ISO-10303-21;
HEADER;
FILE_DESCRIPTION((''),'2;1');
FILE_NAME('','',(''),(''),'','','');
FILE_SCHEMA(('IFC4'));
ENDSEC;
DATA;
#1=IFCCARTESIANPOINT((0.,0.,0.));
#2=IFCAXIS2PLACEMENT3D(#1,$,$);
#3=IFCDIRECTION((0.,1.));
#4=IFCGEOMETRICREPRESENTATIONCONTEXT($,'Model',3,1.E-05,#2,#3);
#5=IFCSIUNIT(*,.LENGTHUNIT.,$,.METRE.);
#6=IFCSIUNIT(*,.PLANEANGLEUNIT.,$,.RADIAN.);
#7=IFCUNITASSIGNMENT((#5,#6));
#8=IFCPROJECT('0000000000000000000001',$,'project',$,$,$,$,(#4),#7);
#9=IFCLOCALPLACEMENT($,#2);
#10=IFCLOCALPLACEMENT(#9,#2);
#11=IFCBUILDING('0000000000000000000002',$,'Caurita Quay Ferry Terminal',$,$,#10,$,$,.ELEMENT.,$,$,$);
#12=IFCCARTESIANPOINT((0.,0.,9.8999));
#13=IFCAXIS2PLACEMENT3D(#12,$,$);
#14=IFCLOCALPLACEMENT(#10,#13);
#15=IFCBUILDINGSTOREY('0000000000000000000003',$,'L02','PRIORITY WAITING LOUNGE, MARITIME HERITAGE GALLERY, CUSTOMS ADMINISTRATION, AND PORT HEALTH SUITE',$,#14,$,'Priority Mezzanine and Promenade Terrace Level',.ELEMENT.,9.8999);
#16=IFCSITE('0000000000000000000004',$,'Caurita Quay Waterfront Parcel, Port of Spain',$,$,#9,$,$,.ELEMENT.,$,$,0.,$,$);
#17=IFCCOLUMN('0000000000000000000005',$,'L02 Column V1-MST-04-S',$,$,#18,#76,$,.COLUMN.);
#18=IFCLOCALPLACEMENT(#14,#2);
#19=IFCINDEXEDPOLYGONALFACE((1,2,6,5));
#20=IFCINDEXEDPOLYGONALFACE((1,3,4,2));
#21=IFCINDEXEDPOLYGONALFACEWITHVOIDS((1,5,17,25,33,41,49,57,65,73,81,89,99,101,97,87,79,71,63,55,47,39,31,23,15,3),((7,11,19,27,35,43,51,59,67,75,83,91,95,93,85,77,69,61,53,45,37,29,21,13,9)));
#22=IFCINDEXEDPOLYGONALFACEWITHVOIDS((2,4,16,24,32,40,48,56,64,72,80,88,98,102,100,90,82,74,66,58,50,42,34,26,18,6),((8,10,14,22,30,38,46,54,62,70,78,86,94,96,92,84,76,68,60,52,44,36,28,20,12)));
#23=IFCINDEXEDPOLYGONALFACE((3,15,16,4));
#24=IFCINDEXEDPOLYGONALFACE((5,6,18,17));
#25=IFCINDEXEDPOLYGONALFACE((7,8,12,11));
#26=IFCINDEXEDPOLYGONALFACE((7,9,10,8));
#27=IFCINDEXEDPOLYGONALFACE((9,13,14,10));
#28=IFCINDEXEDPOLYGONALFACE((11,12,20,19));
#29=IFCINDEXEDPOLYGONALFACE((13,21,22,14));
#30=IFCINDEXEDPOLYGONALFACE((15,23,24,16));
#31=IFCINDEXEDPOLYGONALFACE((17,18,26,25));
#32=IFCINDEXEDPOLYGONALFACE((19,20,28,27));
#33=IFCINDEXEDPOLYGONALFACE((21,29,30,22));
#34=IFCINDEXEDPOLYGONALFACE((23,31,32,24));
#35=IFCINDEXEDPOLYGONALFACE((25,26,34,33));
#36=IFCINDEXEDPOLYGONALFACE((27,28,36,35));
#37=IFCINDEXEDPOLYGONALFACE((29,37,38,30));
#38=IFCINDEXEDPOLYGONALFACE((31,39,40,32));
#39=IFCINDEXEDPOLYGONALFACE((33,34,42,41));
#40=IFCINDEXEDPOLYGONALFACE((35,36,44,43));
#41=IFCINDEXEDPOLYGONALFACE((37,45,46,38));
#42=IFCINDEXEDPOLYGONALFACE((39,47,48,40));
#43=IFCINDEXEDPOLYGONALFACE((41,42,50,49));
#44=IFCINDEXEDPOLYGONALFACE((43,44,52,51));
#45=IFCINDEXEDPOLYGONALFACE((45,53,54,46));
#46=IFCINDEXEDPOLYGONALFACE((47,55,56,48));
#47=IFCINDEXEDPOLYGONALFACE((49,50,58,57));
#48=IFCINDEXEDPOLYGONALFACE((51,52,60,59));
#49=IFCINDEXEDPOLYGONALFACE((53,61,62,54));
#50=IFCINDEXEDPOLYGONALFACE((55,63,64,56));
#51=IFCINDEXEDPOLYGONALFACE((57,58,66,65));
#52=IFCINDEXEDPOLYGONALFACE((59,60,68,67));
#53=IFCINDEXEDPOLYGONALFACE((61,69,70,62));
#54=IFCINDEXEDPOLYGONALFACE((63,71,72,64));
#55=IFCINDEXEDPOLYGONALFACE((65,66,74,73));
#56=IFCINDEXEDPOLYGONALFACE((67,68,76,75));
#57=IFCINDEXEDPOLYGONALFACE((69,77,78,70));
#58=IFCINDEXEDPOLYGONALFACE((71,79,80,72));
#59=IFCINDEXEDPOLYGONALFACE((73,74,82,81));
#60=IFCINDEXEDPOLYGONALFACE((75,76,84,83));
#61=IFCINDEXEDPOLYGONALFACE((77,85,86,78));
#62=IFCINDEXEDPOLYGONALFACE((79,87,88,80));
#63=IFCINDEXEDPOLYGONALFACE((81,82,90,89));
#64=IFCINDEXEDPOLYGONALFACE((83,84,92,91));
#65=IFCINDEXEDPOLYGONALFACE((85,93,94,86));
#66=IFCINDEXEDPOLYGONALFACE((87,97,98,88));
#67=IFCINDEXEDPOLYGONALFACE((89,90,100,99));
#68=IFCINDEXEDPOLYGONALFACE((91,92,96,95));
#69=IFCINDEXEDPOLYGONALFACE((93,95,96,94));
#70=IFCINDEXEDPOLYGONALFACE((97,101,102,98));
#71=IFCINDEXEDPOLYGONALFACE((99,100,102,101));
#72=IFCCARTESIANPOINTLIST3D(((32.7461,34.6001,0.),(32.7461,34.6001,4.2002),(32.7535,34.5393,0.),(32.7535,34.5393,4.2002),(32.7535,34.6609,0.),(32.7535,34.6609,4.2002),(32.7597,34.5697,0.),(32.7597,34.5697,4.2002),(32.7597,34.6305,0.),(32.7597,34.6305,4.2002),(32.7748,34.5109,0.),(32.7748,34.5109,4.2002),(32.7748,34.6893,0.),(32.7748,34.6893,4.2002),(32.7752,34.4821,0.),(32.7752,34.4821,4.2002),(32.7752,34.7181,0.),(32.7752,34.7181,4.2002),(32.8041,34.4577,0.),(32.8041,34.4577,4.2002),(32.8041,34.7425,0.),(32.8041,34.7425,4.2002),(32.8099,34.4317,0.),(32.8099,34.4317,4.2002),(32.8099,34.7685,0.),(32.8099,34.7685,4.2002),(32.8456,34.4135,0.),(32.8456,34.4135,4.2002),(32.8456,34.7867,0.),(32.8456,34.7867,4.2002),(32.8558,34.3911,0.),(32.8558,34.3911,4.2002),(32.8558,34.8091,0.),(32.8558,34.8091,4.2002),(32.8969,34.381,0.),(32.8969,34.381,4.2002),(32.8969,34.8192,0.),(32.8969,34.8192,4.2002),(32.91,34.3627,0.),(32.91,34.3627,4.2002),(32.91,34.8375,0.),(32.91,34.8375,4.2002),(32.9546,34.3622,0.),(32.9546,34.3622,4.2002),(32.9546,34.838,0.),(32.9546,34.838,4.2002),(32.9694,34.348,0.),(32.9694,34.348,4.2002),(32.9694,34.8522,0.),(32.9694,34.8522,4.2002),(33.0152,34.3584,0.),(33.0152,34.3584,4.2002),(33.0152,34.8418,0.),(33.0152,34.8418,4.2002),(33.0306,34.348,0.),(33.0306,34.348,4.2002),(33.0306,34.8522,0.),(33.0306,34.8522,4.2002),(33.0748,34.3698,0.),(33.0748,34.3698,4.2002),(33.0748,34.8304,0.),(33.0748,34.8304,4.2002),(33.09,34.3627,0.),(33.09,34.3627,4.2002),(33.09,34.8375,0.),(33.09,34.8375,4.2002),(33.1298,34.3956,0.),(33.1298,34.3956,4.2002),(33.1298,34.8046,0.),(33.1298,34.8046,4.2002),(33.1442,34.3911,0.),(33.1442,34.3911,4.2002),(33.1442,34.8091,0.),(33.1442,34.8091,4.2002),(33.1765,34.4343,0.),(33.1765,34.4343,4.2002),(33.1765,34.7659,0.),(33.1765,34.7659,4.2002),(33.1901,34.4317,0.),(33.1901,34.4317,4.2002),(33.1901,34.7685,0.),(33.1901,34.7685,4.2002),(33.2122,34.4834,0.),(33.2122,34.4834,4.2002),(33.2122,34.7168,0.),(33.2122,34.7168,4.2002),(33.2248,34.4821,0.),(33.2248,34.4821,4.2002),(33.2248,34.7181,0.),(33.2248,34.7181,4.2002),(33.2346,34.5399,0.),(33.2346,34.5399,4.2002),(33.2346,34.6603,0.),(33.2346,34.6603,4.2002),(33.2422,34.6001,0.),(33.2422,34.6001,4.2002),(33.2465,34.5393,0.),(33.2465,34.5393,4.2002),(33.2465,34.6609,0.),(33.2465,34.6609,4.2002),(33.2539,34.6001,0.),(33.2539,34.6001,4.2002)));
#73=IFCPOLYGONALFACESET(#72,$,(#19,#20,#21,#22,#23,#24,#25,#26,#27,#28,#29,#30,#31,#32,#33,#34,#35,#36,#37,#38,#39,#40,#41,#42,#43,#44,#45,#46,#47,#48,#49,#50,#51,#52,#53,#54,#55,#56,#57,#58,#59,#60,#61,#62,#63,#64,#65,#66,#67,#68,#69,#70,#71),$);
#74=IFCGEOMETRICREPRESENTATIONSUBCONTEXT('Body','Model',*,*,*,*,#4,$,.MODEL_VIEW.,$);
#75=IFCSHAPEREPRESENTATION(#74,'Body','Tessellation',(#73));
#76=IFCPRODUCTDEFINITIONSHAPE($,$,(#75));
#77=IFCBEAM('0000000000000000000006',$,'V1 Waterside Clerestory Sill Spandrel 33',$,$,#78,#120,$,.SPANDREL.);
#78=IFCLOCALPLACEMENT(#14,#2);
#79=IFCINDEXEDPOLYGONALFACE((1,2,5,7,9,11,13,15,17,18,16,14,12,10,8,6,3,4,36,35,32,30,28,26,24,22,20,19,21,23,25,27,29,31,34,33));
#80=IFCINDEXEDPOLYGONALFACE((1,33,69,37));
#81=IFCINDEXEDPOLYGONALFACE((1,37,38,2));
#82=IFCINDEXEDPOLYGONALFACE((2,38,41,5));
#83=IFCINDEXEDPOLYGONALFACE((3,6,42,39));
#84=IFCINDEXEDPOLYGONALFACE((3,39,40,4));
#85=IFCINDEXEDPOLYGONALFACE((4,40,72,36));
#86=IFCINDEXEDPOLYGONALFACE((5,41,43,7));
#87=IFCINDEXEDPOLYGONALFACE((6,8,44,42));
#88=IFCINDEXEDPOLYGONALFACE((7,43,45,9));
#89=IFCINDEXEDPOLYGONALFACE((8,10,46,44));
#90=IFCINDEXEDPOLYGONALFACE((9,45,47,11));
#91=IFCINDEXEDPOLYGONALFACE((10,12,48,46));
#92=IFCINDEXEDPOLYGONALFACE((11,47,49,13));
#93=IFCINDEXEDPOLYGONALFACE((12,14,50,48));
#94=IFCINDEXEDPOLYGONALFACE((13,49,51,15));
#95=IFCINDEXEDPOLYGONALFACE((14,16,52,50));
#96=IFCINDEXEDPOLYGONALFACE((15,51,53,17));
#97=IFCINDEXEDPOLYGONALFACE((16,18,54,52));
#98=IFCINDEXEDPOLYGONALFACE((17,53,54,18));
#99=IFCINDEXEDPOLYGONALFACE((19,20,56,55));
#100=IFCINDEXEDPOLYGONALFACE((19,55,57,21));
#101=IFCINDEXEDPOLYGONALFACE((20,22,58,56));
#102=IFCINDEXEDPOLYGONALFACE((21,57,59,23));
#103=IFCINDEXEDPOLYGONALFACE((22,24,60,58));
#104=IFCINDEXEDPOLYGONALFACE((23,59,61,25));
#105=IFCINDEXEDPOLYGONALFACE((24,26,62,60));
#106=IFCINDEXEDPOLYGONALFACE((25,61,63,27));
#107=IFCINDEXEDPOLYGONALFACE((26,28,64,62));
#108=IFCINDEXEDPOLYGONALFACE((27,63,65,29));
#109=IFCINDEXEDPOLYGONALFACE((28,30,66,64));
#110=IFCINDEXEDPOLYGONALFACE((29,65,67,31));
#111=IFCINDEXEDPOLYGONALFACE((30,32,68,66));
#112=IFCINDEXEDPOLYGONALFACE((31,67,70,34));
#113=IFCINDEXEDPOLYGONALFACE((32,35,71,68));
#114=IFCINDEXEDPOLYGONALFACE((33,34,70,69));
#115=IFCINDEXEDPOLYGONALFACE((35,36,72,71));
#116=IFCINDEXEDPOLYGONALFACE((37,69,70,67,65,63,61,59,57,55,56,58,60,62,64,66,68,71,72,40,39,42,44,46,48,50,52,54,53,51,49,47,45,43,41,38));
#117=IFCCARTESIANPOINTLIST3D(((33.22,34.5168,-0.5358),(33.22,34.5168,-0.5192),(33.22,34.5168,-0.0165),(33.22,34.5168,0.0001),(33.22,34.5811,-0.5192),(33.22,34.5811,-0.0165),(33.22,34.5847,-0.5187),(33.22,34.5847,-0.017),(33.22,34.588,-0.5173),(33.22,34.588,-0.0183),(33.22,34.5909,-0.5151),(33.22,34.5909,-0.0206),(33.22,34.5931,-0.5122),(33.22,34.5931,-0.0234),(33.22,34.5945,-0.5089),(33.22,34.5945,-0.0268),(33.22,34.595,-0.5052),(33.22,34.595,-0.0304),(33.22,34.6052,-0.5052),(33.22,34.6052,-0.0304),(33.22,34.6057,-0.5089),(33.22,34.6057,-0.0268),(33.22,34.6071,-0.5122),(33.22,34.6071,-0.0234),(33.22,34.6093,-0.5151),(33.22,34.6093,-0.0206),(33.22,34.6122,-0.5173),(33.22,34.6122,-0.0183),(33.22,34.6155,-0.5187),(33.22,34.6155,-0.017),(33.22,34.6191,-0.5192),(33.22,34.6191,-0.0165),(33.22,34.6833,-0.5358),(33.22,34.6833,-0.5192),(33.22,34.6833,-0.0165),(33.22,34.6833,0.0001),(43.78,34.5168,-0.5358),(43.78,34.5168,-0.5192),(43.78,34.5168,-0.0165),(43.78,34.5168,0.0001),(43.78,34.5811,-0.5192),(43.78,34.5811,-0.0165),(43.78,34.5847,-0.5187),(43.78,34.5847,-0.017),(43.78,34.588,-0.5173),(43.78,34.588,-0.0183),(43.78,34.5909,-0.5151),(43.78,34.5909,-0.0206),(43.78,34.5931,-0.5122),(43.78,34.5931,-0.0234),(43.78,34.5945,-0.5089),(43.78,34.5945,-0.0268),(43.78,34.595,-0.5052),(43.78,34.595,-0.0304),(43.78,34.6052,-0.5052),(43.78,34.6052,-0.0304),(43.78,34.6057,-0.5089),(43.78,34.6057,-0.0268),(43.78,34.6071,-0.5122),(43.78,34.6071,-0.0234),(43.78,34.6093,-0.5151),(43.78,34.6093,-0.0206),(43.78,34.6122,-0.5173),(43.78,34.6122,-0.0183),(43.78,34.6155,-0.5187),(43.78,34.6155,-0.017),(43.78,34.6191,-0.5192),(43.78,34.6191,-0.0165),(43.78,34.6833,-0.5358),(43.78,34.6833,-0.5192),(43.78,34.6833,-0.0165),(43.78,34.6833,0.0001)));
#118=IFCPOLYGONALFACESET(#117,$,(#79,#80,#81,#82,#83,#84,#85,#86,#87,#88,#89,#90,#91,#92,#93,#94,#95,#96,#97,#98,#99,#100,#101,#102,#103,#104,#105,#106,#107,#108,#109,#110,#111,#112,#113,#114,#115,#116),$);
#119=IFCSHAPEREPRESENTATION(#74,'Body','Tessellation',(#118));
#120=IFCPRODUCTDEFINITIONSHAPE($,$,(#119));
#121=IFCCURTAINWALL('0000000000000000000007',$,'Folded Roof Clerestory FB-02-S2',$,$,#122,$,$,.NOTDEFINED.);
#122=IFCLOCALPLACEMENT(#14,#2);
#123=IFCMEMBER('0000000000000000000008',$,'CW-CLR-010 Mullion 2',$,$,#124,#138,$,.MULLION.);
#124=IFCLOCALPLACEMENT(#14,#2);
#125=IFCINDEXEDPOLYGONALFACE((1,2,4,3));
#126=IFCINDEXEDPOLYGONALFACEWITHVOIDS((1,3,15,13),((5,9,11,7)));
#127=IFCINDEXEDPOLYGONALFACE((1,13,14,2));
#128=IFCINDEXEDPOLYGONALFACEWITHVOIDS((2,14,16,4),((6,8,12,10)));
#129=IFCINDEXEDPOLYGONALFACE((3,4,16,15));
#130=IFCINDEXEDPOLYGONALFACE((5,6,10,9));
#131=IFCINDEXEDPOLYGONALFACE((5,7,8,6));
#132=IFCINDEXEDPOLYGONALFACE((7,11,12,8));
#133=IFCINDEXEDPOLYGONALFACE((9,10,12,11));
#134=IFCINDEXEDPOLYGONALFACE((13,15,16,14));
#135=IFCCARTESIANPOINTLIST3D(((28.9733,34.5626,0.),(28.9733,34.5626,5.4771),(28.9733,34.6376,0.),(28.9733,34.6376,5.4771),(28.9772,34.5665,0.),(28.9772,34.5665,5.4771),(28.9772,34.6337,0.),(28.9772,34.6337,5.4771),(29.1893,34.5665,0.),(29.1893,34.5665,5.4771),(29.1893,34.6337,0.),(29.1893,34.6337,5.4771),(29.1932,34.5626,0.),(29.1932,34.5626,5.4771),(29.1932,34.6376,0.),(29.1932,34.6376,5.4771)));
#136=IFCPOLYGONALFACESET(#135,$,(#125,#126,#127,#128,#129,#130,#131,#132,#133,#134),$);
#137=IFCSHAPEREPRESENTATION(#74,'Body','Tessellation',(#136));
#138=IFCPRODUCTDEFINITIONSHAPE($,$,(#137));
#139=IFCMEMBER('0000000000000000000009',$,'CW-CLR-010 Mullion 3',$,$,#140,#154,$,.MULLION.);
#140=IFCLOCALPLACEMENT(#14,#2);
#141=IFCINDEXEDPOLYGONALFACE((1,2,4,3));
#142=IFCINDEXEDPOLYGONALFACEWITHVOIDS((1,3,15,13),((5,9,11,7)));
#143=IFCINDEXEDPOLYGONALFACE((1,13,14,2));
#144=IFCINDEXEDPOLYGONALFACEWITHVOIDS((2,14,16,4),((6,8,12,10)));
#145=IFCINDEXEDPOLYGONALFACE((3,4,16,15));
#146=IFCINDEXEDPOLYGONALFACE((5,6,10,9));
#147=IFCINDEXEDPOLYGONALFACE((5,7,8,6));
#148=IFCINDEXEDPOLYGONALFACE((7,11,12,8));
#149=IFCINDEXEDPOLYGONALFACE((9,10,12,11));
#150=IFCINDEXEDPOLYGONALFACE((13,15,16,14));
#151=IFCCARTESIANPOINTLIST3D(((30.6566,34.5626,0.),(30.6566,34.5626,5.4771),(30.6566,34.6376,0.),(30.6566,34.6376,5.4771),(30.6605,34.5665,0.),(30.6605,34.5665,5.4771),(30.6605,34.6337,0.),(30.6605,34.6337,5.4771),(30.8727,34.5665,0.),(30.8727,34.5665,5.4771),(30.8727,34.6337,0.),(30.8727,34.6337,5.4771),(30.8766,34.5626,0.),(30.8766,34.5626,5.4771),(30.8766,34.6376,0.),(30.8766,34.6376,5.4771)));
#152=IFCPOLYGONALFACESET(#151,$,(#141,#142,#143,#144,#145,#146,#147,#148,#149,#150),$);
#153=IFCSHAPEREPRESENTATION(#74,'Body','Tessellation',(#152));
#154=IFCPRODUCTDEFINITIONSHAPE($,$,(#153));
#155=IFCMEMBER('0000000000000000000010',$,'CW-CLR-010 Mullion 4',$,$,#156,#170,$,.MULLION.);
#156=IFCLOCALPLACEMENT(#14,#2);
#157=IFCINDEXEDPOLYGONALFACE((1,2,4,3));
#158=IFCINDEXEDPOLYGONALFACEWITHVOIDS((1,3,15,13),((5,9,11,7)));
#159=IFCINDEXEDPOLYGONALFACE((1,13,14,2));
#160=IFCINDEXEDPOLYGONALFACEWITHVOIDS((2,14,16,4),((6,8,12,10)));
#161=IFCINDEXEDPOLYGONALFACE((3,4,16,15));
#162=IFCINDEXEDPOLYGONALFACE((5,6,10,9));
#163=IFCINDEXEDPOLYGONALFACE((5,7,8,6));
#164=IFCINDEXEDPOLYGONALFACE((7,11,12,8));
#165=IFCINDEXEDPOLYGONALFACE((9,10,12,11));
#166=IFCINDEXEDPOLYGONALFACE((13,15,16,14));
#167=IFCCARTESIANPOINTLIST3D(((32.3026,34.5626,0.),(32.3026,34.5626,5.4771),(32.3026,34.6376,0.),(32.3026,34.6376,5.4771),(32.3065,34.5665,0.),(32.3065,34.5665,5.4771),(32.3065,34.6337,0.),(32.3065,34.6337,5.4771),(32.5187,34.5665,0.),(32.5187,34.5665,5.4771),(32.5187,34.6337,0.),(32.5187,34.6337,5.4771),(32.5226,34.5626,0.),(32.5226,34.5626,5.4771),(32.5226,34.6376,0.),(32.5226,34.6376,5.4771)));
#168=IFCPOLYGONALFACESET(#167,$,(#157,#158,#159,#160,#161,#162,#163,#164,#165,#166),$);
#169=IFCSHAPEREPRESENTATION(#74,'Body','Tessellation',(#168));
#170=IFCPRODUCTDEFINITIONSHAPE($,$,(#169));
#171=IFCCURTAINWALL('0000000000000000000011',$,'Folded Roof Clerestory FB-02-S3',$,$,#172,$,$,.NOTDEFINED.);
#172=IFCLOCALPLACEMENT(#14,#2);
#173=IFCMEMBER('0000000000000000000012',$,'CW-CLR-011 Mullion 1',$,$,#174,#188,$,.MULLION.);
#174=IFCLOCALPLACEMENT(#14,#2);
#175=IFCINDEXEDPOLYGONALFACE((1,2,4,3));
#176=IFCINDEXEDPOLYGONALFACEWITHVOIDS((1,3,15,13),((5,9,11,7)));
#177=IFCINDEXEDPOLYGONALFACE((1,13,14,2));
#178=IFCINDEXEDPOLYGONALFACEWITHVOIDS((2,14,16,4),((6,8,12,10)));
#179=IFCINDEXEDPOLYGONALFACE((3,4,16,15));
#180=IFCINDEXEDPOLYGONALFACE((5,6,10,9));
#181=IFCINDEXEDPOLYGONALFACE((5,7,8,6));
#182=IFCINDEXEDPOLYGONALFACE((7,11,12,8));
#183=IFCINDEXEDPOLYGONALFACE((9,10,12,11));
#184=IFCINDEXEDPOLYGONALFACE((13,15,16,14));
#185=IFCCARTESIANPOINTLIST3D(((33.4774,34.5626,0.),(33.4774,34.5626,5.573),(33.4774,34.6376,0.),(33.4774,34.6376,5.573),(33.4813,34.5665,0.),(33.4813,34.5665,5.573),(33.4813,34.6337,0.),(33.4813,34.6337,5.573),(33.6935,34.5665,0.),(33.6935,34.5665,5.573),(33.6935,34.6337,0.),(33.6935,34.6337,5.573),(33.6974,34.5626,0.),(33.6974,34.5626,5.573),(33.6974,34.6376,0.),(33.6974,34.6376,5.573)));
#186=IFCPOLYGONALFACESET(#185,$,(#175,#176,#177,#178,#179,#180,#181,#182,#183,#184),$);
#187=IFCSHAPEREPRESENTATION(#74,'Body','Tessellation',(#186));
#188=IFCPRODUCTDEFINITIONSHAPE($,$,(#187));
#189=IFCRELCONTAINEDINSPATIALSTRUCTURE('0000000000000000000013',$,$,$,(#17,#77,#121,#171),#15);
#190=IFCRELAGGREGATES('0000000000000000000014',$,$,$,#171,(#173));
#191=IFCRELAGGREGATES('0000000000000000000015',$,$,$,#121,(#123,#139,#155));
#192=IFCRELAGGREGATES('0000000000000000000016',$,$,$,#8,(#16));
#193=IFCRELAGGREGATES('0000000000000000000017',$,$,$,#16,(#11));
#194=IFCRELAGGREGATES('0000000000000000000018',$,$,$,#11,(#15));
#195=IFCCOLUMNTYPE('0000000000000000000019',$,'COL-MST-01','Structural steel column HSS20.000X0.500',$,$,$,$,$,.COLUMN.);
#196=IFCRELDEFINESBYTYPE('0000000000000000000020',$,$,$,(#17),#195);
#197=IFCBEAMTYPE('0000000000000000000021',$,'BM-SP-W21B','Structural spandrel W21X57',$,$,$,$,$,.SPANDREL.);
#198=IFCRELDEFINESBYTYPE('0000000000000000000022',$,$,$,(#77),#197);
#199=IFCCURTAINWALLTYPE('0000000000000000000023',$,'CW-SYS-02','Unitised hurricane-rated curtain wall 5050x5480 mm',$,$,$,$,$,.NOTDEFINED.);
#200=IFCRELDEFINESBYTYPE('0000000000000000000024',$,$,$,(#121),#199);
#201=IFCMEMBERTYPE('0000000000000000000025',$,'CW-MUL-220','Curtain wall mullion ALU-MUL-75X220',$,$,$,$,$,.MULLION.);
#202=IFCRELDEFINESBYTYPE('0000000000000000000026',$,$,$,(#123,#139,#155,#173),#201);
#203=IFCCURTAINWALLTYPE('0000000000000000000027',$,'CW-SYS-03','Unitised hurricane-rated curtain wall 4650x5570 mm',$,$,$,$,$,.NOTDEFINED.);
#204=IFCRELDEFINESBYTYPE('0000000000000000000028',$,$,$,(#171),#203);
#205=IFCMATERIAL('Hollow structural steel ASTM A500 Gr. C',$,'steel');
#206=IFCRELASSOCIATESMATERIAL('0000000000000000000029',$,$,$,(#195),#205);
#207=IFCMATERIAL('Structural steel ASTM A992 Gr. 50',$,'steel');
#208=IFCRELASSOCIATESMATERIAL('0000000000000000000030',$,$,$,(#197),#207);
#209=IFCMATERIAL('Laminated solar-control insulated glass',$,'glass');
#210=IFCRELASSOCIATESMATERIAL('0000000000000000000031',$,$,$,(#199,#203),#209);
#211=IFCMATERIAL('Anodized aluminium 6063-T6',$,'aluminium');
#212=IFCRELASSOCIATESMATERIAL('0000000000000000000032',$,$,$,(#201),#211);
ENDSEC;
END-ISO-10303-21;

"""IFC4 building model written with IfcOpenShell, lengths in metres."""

from ifc_helpers import new_model, si_unit, direction, frame, origin, origin_2d, place, context, subcontext, project, spatial, hollow_rectangle, hollow_circle, i_section, extrude, material, material_profile, profile_set, type_object, element, aggregate, save


model = new_model("IFC4")

# Units and contexts
model_context = context("Model", 3, precision=1e-05, world=origin(), true_north=direction((0.0, 1.0)))
body_context = subcontext(model_context, "Body", "Model", "MODEL_VIEW")
ifc_project = project(units=[si_unit("LENGTHUNIT", "METRE"), si_unit("PLANEANGLEUNIT", "RADIAN")], contexts=[model_context])

# Site, building, storey
site_placement = place(None, origin())
site = spatial("IfcSite", under=ifc_project, at=site_placement, Name="Caurita Quay Waterfront Parcel, Port of Spain", CompositionType="ELEMENT", RefElevation=0.0)
building_placement = place(site_placement, origin())
building = spatial("IfcBuilding", under=site, at=building_placement, Name="Caurita Quay Ferry Terminal", CompositionType="ELEMENT")
storey_placement = place(building_placement, frame((0.0, 0.0, 9.8999)))
storey = spatial("IfcBuildingStorey", under=building, at=storey_placement, Name="L02", Description="PRIORITY WAITING LOUNGE, MARITIME HERITAGE GALLERY, CUSTOMS ADMINISTRATION, AND PORT HEALTH SUITE", LongName="Priority Mezzanine and Promenade Terrace Level", CompositionType="ELEMENT", Elevation=9.8999)

# Column
ifc_material_1 = material(Name="Hollow structural steel ASTM A500 Gr. C", Category="steel")
ifc_material_profile_1 = material_profile(ifc_material_1, hollow_circle(Radius=0.2539, WallThickness=0.0117, at=origin_2d()), Name="HSS20.000X0.500")
ifc_profile_set_1 = profile_set([ifc_material_profile_1], Name="Hollow structural steel ASTM A500 Gr. C")
column_type = type_object("IfcColumnType", Name="COL-MST-01", Description="Structural steel column HSS20.000X0.500", PredefinedType="COLUMN", material=ifc_profile_set_1)
column_placement = place(storey_placement, frame((33.0, 34.6001, 0.0), z_axis=(0.0, 0.0, 1.0), x_axis=(1.0, 0.0, 0.0)))
element("IfcColumn", 1, at=column_placement, inside=storey, type_object=column_type, Name="L02 Column V1-MST-04-S", PredefinedType="COLUMN", context=body_context, shape_type="SweptSolid", body=[
    extrude(hollow_circle(Radius=0.2539, WallThickness=0.0117, at=origin_2d()), origin(), (0.0, 0.0, 1.0), 4.2002),
])

# Beam
ifc_material_2 = material(Name="Structural steel ASTM A992 Gr. 50", Category="steel")
ifc_material_profile_2 = material_profile(ifc_material_2, i_section(OverallWidth=0.1665, OverallDepth=0.5359, WebThickness=0.0103, FlangeThickness=0.0166, FilletRadius=0.0139, at=origin_2d()), Name="W21X57")
ifc_profile_set_2 = profile_set([ifc_material_profile_2], Name="Structural steel ASTM A992 Gr. 50")
beam_type = type_object("IfcBeamType", Name="BM-SP-W21B", Description="Structural spandrel W21X57", PredefinedType="SPANDREL", material=ifc_profile_set_2)
beam_placement = place(storey_placement, frame((33.22, 34.6001, -0.2678), z_axis=(1.0, 0.0, 0.0), x_axis=(0.0, 1.0, 0.0)))
element("IfcBeam", 2, at=beam_placement, inside=storey, type_object=beam_type, Name="V1 Waterside Clerestory Sill Spandrel 33", PredefinedType="SPANDREL", context=body_context, shape_type="SweptSolid", body=[
    extrude(i_section(OverallWidth=0.1665, OverallDepth=0.5359, WebThickness=0.0103, FlangeThickness=0.0166, FilletRadius=0.0139, at=origin_2d()), origin(), (0.0, 0.0, 1.0), 10.5601),
])

# Curtain wall, members
ifc_material_3 = material(Name="Laminated solar-control insulated glass", Category="glass")
curtain_wall_type_1 = type_object("IfcCurtainWallType", Name="CW-SYS-02", Description="Unitised hurricane-rated curtain wall 5050x5480 mm", PredefinedType="NOTDEFINED", material=ifc_material_3)
curtain_wall_1_placement = place(storey_placement, origin())
curtain_wall_1 = element("IfcCurtainWall", 3, at=curtain_wall_1_placement, inside=storey, type_object=curtain_wall_type_1, Name="Folded Roof Clerestory FB-02-S2", PredefinedType="NOTDEFINED")
ifc_material_4 = material(Name="Anodized aluminium 6063-T6", Category="aluminium")
ifc_material_profile_3 = material_profile(ifc_material_4, hollow_rectangle(XDim=0.075, YDim=0.22, WallThickness=0.0039, at=origin_2d()), Name="ALU-MUL-75X220")
ifc_profile_set_3 = profile_set([ifc_material_profile_3], Name="Anodized aluminium 6063-T6")
member_type_1 = type_object("IfcMemberType", Name="CW-MUL-220", Description="Curtain wall mullion ALU-MUL-75X220", PredefinedType="MULLION", material=ifc_profile_set_3)
member_1_placement = place(storey_placement, frame((29.0833, 34.6001, 0.0), z_axis=(0.0, 0.0, 1.0), x_axis=(0.0, 1.0, 0.0)))
member_1 = element("IfcMember", 4, at=member_1_placement, type_object=member_type_1, Name="CW-CLR-010 Mullion 2", PredefinedType="MULLION", context=body_context, shape_type="SweptSolid", body=[
    extrude(hollow_rectangle(XDim=0.075, YDim=0.22, WallThickness=0.0039, at=origin_2d()), origin(), (0.0, 0.0, 1.0), 5.4771),
])
member_2_placement = place(storey_placement, frame((30.7666, 34.6001, 0.0), z_axis=(0.0, 0.0, 1.0), x_axis=(0.0, 1.0, 0.0)))
member_2 = element("IfcMember", 5, at=member_2_placement, type_object=member_type_1, Name="CW-CLR-010 Mullion 3", PredefinedType="MULLION", context=body_context, shape_type="SweptSolid", body=[
    extrude(hollow_rectangle(XDim=0.075, YDim=0.22, WallThickness=0.0039, at=origin_2d()), origin(), (0.0, 0.0, 1.0), 5.4771),
])
member_3_placement = place(storey_placement, frame((32.4126, 34.6001, 0.0), z_axis=(0.0, 0.0, 1.0), x_axis=(0.0, 1.0, 0.0)))
member_3 = element("IfcMember", 6, at=member_3_placement, type_object=member_type_1, Name="CW-CLR-010 Mullion 4", PredefinedType="MULLION", context=body_context, shape_type="SweptSolid", body=[
    extrude(hollow_rectangle(XDim=0.075, YDim=0.22, WallThickness=0.0039, at=origin_2d()), origin(), (0.0, 0.0, 1.0), 5.4771),
])

# Curtain wall, member
curtain_wall_type_2 = type_object("IfcCurtainWallType", Name="CW-SYS-03", Description="Unitised hurricane-rated curtain wall 4650x5570 mm", PredefinedType="NOTDEFINED", material=ifc_material_3)
curtain_wall_2_placement = place(storey_placement, origin())
curtain_wall_2 = element("IfcCurtainWall", 7, at=curtain_wall_2_placement, inside=storey, type_object=curtain_wall_type_2, Name="Folded Roof Clerestory FB-02-S3", PredefinedType="NOTDEFINED")
member_4_placement = place(storey_placement, frame((33.5874, 34.6001, 0.0), z_axis=(0.0, 0.0, 1.0), x_axis=(0.0, 1.0, 0.0)))
member_4 = element("IfcMember", 8, at=member_4_placement, type_object=member_type_1, Name="CW-CLR-011 Mullion 1", PredefinedType="MULLION", context=body_context, shape_type="SweptSolid", body=[
    extrude(hollow_rectangle(XDim=0.075, YDim=0.22, WallThickness=0.0039, at=origin_2d()), origin(), (0.0, 0.0, 1.0), 5.573),
])

aggregate(curtain_wall_2, [member_4])

aggregate(curtain_wall_1, [member_1, member_2, member_3])

save(model, "model.ifc")
